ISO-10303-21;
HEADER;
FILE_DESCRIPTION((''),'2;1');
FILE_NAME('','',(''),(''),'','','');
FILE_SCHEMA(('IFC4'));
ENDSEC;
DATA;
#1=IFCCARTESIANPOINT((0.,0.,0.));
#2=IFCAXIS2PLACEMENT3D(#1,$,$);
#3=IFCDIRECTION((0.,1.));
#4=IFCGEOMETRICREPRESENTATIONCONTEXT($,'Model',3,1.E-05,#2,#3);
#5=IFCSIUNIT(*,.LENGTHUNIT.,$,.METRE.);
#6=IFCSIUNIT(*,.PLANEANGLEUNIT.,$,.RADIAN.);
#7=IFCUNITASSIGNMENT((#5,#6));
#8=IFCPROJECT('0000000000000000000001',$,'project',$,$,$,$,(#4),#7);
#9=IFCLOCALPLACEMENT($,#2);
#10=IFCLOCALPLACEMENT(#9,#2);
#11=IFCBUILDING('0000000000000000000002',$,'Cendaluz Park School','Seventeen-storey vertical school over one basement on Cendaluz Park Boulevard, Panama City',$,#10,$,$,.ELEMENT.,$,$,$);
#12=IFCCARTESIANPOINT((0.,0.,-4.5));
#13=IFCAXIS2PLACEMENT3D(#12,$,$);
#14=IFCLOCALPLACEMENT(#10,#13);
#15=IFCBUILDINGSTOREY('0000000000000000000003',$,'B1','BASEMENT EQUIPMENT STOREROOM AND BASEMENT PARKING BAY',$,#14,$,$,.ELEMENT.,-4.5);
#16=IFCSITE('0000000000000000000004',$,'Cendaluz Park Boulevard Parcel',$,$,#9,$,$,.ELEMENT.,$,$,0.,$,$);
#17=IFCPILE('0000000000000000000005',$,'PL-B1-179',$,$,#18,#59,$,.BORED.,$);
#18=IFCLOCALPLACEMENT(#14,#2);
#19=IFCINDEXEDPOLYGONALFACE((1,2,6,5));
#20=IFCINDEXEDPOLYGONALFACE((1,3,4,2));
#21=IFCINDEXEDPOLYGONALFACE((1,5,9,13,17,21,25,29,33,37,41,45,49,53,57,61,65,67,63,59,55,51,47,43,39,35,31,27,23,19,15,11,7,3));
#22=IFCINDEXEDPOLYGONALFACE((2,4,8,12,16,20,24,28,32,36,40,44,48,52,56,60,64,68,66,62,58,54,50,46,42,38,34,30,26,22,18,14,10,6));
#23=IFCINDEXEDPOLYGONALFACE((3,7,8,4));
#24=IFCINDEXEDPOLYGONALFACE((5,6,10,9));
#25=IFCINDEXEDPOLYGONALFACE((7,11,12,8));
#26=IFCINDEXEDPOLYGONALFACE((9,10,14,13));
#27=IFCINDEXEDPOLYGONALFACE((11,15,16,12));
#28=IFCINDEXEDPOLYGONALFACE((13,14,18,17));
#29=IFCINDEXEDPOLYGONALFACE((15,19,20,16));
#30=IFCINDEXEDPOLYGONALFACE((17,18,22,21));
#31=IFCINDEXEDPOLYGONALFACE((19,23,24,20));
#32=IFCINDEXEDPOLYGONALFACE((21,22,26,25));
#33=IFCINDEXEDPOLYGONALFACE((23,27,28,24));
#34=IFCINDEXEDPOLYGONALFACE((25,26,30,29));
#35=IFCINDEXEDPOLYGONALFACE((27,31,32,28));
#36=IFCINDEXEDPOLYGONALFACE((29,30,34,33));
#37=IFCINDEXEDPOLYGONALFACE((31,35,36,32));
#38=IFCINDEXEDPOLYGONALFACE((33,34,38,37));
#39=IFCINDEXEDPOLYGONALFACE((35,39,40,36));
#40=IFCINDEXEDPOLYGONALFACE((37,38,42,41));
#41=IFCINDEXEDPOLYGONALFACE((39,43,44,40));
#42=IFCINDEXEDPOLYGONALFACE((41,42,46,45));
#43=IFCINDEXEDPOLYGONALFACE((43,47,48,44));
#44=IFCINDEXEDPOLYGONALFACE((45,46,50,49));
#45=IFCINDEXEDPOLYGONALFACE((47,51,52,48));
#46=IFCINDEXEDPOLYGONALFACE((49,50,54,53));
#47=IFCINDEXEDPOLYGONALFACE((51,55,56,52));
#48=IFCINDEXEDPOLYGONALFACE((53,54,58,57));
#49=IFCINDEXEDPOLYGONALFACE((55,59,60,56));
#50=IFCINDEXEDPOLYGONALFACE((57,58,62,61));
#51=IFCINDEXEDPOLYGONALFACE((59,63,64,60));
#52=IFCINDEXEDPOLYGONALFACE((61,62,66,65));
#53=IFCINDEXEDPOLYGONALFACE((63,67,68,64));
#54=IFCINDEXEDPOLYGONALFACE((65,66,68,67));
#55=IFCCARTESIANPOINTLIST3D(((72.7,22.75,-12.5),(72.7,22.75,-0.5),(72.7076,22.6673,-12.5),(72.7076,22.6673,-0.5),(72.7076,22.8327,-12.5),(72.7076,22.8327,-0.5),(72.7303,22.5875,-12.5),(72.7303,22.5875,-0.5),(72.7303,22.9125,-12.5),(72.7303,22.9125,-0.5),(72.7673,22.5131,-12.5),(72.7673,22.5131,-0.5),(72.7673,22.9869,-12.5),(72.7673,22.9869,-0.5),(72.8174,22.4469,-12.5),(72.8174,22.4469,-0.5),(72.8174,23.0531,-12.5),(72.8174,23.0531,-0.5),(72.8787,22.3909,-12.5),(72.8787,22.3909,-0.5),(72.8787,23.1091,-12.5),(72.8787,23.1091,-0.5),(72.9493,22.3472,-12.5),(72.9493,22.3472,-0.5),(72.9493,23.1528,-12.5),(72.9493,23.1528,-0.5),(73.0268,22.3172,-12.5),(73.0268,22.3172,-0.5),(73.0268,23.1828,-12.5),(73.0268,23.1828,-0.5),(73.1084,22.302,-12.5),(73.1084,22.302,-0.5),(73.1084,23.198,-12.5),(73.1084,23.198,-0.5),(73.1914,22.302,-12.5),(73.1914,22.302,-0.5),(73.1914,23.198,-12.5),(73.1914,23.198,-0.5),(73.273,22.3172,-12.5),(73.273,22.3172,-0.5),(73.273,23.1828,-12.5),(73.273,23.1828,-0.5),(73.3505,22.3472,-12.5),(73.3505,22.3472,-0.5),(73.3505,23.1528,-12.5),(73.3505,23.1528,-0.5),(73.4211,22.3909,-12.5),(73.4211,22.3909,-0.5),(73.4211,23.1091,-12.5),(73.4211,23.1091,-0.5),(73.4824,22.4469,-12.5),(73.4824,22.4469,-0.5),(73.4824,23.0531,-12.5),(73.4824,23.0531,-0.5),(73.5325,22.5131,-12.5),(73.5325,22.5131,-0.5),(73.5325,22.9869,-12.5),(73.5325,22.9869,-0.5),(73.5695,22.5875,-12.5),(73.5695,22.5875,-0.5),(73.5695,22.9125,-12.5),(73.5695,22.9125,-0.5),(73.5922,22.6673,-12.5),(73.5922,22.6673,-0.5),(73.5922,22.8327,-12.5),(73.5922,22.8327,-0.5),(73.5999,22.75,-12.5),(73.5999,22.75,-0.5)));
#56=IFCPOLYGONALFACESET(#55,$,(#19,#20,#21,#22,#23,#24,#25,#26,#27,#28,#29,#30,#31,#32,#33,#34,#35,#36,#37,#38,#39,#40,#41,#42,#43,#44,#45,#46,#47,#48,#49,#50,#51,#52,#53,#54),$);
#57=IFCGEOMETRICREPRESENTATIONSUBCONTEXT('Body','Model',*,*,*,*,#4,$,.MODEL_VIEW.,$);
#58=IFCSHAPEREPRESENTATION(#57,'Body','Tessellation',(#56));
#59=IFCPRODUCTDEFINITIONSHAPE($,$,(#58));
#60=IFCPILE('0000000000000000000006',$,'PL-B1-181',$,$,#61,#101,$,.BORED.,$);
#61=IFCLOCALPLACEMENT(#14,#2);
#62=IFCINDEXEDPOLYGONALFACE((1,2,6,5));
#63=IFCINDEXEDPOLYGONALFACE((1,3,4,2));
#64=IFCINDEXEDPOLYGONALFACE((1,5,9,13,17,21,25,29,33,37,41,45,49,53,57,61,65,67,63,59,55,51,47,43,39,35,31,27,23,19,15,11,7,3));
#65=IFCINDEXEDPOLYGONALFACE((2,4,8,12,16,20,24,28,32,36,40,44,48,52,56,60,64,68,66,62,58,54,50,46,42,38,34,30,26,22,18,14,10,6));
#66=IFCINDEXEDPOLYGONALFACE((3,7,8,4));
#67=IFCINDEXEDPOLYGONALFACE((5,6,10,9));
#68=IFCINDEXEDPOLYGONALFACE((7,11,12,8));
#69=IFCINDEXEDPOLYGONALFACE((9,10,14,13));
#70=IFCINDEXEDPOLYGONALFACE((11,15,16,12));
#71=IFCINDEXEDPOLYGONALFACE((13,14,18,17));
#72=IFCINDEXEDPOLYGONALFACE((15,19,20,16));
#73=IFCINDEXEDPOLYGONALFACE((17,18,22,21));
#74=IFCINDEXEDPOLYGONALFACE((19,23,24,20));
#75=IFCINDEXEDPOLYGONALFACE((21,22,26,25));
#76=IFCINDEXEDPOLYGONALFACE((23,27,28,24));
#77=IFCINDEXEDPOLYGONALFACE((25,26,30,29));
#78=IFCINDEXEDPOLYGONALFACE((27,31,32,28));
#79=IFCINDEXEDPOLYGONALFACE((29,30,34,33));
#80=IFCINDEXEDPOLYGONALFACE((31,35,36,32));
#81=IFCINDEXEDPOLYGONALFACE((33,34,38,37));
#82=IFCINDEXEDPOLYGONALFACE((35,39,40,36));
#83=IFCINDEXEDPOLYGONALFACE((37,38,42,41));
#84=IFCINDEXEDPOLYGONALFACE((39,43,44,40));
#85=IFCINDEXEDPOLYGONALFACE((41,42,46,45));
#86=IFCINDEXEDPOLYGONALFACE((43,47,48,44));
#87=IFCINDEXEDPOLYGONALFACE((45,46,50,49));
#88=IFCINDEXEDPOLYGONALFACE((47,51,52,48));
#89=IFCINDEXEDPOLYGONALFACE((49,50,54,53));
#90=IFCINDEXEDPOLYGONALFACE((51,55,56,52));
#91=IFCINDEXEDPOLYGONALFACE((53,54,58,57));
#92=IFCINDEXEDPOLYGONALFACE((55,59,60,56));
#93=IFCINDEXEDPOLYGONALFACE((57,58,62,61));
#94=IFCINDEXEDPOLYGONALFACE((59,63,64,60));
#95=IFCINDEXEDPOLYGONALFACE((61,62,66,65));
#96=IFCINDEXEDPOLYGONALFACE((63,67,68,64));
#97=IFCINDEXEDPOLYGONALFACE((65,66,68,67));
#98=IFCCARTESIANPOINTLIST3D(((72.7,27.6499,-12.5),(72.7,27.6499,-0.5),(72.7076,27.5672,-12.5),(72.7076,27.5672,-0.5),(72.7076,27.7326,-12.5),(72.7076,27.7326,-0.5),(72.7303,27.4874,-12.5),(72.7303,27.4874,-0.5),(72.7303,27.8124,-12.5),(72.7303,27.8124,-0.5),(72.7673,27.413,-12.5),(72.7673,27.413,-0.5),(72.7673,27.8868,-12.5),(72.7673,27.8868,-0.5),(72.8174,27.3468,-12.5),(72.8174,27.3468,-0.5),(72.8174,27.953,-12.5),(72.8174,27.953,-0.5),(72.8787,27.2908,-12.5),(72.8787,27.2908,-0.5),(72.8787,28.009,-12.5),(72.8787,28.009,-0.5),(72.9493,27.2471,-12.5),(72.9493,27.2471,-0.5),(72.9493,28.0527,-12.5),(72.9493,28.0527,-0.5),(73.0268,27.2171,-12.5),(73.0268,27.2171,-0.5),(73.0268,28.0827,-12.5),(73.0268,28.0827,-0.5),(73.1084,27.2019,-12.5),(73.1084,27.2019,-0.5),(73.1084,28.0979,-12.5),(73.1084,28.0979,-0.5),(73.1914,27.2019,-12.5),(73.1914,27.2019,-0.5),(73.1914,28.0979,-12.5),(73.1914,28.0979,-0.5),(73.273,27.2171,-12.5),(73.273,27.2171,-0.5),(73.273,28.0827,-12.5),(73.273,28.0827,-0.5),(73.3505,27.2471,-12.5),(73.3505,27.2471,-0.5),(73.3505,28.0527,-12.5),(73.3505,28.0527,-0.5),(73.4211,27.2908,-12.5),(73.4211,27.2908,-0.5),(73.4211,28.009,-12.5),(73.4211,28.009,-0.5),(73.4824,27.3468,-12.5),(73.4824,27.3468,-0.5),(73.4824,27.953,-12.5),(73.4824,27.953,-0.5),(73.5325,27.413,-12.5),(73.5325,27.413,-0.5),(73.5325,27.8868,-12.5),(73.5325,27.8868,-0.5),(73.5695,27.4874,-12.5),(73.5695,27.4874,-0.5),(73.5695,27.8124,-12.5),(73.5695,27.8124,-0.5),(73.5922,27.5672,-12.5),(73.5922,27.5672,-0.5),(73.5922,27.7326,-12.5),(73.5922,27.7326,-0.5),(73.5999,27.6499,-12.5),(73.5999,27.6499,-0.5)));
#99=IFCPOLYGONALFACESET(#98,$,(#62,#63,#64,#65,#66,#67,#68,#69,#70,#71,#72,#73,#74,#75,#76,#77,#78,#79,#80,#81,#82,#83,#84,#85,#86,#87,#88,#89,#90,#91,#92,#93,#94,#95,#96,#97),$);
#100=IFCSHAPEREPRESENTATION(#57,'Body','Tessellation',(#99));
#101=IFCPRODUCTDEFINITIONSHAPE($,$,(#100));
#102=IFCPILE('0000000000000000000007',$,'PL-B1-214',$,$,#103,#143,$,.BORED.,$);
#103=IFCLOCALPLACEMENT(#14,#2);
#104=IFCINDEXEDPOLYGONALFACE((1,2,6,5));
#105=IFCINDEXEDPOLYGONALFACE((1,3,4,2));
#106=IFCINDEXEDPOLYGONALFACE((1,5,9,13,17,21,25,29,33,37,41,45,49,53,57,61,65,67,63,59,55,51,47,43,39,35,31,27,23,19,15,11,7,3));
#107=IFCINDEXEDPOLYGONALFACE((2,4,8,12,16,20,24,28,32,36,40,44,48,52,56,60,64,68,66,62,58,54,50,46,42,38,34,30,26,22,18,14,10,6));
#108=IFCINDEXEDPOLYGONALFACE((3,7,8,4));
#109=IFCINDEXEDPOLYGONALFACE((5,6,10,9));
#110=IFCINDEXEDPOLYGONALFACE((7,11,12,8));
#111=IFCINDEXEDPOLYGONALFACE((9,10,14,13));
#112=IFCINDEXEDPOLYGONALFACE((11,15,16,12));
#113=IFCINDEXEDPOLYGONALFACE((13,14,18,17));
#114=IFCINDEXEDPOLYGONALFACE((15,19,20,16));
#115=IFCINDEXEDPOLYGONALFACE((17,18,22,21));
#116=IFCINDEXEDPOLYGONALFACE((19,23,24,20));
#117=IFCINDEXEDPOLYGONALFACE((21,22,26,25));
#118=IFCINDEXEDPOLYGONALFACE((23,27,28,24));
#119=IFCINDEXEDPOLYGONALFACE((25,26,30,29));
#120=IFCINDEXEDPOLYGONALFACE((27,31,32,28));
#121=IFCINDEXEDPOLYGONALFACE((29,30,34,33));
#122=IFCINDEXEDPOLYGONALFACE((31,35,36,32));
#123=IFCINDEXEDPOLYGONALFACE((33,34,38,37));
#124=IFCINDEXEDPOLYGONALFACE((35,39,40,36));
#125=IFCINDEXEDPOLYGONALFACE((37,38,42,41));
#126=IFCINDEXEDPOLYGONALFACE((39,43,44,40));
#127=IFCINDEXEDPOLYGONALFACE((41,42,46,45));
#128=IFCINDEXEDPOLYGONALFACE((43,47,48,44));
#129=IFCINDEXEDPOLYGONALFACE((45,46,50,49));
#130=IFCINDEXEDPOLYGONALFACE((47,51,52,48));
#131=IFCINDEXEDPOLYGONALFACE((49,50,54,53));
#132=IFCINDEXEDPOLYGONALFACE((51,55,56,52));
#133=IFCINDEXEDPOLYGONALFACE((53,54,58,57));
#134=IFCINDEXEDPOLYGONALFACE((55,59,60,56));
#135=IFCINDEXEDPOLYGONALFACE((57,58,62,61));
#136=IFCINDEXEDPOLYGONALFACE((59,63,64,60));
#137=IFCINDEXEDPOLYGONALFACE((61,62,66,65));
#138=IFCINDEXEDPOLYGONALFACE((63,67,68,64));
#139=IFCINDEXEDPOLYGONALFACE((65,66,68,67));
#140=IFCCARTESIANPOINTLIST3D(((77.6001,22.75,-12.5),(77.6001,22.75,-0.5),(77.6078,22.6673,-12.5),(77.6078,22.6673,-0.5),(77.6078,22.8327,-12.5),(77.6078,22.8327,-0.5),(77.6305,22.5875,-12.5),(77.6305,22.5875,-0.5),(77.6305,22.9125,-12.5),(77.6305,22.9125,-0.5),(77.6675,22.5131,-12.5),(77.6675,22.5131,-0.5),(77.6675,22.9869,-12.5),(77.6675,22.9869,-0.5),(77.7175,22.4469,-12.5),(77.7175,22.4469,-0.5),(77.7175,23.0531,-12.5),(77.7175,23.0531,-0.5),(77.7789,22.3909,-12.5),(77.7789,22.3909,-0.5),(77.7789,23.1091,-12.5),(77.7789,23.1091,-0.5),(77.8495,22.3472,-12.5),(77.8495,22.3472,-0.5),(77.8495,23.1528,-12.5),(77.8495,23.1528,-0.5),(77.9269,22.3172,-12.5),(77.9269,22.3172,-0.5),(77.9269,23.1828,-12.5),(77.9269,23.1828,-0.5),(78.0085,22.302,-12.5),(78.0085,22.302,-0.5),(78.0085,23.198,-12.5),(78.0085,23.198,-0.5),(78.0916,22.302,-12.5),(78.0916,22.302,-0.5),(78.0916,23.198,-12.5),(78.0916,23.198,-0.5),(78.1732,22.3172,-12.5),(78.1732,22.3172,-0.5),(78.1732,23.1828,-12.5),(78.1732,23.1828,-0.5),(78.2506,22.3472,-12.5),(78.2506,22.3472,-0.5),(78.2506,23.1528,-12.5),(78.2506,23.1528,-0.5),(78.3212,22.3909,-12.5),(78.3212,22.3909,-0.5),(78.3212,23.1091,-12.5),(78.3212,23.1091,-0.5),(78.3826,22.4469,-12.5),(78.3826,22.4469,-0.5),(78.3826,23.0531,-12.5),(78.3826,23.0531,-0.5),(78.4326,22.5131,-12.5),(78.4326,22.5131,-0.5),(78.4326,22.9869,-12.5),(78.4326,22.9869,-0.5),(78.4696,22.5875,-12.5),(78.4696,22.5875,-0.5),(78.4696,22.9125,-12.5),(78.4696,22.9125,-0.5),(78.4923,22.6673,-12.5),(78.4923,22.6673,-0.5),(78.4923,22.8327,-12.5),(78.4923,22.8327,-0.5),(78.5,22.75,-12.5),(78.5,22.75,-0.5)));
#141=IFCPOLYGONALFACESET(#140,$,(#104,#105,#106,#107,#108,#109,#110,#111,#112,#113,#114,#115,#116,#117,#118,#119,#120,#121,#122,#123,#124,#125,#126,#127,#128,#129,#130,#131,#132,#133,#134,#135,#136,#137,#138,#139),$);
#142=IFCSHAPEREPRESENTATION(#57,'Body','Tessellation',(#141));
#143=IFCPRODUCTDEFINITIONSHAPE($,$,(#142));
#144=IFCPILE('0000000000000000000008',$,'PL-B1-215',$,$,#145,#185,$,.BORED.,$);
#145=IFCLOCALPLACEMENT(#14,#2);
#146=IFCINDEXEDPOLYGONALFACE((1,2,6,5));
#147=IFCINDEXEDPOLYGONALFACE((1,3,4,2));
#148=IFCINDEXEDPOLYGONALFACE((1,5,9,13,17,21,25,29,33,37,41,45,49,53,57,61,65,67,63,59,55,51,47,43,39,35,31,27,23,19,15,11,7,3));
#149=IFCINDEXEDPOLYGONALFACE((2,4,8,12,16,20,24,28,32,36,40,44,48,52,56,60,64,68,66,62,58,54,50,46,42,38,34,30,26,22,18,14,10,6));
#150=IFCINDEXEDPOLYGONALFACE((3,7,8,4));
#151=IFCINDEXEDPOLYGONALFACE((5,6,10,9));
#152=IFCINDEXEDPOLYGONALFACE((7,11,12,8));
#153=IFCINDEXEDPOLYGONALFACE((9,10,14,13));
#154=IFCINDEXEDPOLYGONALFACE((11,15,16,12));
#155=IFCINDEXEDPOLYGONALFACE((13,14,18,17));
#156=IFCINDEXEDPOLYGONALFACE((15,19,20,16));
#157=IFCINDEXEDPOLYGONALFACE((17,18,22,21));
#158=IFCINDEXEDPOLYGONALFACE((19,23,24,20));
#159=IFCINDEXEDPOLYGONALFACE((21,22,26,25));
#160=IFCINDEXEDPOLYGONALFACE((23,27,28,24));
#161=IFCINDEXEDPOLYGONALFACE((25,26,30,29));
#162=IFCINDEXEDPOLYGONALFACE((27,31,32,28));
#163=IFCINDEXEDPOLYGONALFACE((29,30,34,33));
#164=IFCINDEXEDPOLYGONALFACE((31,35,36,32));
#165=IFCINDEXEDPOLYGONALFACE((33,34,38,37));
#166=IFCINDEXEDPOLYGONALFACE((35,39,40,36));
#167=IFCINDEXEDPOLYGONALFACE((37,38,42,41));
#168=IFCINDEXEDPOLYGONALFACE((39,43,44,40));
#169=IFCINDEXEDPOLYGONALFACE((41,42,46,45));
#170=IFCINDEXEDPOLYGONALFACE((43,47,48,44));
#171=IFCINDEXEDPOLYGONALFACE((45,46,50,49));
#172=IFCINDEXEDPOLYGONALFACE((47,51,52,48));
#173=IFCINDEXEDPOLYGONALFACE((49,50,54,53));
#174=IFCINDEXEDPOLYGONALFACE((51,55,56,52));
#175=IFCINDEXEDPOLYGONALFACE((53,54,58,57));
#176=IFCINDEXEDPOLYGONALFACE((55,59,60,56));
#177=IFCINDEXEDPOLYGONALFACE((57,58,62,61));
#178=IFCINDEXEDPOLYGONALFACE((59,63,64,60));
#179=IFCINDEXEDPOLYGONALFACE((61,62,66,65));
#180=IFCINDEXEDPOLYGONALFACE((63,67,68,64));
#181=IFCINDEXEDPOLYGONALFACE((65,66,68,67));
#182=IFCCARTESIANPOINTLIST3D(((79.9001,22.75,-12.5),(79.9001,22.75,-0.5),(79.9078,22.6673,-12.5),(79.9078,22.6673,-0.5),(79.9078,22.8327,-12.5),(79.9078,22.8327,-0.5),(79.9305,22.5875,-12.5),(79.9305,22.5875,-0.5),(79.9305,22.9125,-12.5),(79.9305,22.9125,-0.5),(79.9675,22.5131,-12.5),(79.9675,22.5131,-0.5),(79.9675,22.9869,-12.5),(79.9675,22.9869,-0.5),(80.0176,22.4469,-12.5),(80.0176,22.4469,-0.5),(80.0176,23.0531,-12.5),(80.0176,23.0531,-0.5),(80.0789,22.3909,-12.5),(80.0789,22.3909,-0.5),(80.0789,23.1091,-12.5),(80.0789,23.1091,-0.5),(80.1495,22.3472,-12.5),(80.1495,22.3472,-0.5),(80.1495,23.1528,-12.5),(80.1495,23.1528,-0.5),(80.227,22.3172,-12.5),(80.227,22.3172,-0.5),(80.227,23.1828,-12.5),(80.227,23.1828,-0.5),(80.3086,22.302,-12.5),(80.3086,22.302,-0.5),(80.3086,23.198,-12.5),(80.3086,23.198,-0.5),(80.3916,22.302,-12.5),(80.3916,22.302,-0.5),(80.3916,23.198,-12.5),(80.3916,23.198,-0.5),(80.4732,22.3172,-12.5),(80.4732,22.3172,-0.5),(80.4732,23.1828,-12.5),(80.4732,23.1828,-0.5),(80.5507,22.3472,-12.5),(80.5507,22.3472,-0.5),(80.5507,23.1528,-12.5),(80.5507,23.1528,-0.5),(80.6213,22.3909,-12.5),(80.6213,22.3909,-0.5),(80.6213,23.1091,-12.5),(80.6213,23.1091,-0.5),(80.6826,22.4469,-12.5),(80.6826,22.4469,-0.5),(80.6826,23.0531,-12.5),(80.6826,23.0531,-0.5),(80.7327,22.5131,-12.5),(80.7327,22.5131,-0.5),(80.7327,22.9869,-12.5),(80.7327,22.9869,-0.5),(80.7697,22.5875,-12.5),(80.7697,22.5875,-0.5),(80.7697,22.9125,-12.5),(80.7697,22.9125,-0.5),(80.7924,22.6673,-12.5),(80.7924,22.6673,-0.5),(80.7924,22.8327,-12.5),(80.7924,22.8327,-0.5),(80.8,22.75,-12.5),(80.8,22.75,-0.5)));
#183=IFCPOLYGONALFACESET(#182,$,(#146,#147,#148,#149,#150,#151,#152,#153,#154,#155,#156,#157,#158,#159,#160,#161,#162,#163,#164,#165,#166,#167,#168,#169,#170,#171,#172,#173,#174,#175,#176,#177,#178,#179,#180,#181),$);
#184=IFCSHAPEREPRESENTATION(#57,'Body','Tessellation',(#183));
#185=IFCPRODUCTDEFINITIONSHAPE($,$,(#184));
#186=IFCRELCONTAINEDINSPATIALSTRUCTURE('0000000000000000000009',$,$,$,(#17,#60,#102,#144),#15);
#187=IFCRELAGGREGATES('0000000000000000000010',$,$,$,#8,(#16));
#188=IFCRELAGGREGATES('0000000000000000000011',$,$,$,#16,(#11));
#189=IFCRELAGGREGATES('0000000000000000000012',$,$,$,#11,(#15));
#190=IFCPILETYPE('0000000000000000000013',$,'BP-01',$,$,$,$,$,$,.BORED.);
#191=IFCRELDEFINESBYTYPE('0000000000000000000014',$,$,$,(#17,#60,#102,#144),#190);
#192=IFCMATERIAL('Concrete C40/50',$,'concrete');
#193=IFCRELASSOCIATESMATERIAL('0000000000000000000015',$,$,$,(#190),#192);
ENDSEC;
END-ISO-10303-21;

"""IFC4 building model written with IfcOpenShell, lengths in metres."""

from ifc_helpers import new_model, si_unit, direction, frame, origin, origin_2d, place, context, subcontext, project, spatial, circle, extrude, material, material_profile, profile_set, type_object, element, save


model = new_model("IFC4")

# Units and contexts
model_context = context("Model", 3, precision=1e-05, world=origin(), true_north=direction((0.0, 1.0)))
body_context = subcontext(model_context, "Body", "Model", "MODEL_VIEW")
ifc_project = project(units=[si_unit("LENGTHUNIT", "METRE"), si_unit("PLANEANGLEUNIT", "RADIAN")], contexts=[model_context])

# Site, building, storey
site_placement = place(None, origin())
site = spatial("IfcSite", under=ifc_project, at=site_placement, Name="Cendaluz Park Boulevard Parcel", CompositionType="ELEMENT", RefElevation=0.0)
building_placement = place(site_placement, origin())
building = spatial("IfcBuilding", under=site, at=building_placement, Name="Cendaluz Park School", Description="Seventeen-storey vertical school over one basement on Cendaluz Park Boulevard, Panama City", CompositionType="ELEMENT")
storey_placement = place(building_placement, frame((0.0, 0.0, -4.5)))
storey = spatial("IfcBuildingStorey", under=building, at=storey_placement, Name="B1", Description="BASEMENT EQUIPMENT STOREROOM AND BASEMENT PARKING BAY", CompositionType="ELEMENT", Elevation=-4.5)

# Piles
ifc_material_1 = material(Name="Concrete C40/50", Category="concrete")
ifc_material_profile_1 = material_profile(ifc_material_1, circle(Radius=0.45, at=origin_2d()), Name="BP D900", Category="concrete")
ifc_profile_set_1 = profile_set([ifc_material_profile_1], Name="Concrete C40/50")
pile_type = type_object("IfcPileType", Name="BP-01", PredefinedType="BORED", material=ifc_profile_set_1)
for number, where, z_axis, x_axis, name in (
    (1, (73.1499, 22.75, -0.5), (0.0, 0.0, -1.0), (1.0, 0.0, 0.0), "PL-B1-179"),
    (2, (73.1499, 27.6499, -0.5), (0.0, 0.0, -1.0), (1.0, 0.0, 0.0), "PL-B1-181"),
    (3, (78.05, 22.75, -0.5), (0.0, 0.0, -1.0), (1.0, 0.0, 0.0), "PL-B1-214"),
    (4, (80.3501, 22.75, -0.5), (0.0, 0.0, -1.0), (1.0, 0.0, 0.0), "PL-B1-215"),
):
    element("IfcPile", number, at=place(storey_placement, frame(where, z_axis=z_axis, x_axis=x_axis)), inside=storey, type_object=pile_type, Name=name, PredefinedType="BORED", context=body_context, shape_type="SweptSolid", body=[
        extrude(circle(Radius=0.45, at=origin_2d()), origin(), (0.0, 0.0, 1.0), 12.0),
    ])

save(model, "model.ifc")
